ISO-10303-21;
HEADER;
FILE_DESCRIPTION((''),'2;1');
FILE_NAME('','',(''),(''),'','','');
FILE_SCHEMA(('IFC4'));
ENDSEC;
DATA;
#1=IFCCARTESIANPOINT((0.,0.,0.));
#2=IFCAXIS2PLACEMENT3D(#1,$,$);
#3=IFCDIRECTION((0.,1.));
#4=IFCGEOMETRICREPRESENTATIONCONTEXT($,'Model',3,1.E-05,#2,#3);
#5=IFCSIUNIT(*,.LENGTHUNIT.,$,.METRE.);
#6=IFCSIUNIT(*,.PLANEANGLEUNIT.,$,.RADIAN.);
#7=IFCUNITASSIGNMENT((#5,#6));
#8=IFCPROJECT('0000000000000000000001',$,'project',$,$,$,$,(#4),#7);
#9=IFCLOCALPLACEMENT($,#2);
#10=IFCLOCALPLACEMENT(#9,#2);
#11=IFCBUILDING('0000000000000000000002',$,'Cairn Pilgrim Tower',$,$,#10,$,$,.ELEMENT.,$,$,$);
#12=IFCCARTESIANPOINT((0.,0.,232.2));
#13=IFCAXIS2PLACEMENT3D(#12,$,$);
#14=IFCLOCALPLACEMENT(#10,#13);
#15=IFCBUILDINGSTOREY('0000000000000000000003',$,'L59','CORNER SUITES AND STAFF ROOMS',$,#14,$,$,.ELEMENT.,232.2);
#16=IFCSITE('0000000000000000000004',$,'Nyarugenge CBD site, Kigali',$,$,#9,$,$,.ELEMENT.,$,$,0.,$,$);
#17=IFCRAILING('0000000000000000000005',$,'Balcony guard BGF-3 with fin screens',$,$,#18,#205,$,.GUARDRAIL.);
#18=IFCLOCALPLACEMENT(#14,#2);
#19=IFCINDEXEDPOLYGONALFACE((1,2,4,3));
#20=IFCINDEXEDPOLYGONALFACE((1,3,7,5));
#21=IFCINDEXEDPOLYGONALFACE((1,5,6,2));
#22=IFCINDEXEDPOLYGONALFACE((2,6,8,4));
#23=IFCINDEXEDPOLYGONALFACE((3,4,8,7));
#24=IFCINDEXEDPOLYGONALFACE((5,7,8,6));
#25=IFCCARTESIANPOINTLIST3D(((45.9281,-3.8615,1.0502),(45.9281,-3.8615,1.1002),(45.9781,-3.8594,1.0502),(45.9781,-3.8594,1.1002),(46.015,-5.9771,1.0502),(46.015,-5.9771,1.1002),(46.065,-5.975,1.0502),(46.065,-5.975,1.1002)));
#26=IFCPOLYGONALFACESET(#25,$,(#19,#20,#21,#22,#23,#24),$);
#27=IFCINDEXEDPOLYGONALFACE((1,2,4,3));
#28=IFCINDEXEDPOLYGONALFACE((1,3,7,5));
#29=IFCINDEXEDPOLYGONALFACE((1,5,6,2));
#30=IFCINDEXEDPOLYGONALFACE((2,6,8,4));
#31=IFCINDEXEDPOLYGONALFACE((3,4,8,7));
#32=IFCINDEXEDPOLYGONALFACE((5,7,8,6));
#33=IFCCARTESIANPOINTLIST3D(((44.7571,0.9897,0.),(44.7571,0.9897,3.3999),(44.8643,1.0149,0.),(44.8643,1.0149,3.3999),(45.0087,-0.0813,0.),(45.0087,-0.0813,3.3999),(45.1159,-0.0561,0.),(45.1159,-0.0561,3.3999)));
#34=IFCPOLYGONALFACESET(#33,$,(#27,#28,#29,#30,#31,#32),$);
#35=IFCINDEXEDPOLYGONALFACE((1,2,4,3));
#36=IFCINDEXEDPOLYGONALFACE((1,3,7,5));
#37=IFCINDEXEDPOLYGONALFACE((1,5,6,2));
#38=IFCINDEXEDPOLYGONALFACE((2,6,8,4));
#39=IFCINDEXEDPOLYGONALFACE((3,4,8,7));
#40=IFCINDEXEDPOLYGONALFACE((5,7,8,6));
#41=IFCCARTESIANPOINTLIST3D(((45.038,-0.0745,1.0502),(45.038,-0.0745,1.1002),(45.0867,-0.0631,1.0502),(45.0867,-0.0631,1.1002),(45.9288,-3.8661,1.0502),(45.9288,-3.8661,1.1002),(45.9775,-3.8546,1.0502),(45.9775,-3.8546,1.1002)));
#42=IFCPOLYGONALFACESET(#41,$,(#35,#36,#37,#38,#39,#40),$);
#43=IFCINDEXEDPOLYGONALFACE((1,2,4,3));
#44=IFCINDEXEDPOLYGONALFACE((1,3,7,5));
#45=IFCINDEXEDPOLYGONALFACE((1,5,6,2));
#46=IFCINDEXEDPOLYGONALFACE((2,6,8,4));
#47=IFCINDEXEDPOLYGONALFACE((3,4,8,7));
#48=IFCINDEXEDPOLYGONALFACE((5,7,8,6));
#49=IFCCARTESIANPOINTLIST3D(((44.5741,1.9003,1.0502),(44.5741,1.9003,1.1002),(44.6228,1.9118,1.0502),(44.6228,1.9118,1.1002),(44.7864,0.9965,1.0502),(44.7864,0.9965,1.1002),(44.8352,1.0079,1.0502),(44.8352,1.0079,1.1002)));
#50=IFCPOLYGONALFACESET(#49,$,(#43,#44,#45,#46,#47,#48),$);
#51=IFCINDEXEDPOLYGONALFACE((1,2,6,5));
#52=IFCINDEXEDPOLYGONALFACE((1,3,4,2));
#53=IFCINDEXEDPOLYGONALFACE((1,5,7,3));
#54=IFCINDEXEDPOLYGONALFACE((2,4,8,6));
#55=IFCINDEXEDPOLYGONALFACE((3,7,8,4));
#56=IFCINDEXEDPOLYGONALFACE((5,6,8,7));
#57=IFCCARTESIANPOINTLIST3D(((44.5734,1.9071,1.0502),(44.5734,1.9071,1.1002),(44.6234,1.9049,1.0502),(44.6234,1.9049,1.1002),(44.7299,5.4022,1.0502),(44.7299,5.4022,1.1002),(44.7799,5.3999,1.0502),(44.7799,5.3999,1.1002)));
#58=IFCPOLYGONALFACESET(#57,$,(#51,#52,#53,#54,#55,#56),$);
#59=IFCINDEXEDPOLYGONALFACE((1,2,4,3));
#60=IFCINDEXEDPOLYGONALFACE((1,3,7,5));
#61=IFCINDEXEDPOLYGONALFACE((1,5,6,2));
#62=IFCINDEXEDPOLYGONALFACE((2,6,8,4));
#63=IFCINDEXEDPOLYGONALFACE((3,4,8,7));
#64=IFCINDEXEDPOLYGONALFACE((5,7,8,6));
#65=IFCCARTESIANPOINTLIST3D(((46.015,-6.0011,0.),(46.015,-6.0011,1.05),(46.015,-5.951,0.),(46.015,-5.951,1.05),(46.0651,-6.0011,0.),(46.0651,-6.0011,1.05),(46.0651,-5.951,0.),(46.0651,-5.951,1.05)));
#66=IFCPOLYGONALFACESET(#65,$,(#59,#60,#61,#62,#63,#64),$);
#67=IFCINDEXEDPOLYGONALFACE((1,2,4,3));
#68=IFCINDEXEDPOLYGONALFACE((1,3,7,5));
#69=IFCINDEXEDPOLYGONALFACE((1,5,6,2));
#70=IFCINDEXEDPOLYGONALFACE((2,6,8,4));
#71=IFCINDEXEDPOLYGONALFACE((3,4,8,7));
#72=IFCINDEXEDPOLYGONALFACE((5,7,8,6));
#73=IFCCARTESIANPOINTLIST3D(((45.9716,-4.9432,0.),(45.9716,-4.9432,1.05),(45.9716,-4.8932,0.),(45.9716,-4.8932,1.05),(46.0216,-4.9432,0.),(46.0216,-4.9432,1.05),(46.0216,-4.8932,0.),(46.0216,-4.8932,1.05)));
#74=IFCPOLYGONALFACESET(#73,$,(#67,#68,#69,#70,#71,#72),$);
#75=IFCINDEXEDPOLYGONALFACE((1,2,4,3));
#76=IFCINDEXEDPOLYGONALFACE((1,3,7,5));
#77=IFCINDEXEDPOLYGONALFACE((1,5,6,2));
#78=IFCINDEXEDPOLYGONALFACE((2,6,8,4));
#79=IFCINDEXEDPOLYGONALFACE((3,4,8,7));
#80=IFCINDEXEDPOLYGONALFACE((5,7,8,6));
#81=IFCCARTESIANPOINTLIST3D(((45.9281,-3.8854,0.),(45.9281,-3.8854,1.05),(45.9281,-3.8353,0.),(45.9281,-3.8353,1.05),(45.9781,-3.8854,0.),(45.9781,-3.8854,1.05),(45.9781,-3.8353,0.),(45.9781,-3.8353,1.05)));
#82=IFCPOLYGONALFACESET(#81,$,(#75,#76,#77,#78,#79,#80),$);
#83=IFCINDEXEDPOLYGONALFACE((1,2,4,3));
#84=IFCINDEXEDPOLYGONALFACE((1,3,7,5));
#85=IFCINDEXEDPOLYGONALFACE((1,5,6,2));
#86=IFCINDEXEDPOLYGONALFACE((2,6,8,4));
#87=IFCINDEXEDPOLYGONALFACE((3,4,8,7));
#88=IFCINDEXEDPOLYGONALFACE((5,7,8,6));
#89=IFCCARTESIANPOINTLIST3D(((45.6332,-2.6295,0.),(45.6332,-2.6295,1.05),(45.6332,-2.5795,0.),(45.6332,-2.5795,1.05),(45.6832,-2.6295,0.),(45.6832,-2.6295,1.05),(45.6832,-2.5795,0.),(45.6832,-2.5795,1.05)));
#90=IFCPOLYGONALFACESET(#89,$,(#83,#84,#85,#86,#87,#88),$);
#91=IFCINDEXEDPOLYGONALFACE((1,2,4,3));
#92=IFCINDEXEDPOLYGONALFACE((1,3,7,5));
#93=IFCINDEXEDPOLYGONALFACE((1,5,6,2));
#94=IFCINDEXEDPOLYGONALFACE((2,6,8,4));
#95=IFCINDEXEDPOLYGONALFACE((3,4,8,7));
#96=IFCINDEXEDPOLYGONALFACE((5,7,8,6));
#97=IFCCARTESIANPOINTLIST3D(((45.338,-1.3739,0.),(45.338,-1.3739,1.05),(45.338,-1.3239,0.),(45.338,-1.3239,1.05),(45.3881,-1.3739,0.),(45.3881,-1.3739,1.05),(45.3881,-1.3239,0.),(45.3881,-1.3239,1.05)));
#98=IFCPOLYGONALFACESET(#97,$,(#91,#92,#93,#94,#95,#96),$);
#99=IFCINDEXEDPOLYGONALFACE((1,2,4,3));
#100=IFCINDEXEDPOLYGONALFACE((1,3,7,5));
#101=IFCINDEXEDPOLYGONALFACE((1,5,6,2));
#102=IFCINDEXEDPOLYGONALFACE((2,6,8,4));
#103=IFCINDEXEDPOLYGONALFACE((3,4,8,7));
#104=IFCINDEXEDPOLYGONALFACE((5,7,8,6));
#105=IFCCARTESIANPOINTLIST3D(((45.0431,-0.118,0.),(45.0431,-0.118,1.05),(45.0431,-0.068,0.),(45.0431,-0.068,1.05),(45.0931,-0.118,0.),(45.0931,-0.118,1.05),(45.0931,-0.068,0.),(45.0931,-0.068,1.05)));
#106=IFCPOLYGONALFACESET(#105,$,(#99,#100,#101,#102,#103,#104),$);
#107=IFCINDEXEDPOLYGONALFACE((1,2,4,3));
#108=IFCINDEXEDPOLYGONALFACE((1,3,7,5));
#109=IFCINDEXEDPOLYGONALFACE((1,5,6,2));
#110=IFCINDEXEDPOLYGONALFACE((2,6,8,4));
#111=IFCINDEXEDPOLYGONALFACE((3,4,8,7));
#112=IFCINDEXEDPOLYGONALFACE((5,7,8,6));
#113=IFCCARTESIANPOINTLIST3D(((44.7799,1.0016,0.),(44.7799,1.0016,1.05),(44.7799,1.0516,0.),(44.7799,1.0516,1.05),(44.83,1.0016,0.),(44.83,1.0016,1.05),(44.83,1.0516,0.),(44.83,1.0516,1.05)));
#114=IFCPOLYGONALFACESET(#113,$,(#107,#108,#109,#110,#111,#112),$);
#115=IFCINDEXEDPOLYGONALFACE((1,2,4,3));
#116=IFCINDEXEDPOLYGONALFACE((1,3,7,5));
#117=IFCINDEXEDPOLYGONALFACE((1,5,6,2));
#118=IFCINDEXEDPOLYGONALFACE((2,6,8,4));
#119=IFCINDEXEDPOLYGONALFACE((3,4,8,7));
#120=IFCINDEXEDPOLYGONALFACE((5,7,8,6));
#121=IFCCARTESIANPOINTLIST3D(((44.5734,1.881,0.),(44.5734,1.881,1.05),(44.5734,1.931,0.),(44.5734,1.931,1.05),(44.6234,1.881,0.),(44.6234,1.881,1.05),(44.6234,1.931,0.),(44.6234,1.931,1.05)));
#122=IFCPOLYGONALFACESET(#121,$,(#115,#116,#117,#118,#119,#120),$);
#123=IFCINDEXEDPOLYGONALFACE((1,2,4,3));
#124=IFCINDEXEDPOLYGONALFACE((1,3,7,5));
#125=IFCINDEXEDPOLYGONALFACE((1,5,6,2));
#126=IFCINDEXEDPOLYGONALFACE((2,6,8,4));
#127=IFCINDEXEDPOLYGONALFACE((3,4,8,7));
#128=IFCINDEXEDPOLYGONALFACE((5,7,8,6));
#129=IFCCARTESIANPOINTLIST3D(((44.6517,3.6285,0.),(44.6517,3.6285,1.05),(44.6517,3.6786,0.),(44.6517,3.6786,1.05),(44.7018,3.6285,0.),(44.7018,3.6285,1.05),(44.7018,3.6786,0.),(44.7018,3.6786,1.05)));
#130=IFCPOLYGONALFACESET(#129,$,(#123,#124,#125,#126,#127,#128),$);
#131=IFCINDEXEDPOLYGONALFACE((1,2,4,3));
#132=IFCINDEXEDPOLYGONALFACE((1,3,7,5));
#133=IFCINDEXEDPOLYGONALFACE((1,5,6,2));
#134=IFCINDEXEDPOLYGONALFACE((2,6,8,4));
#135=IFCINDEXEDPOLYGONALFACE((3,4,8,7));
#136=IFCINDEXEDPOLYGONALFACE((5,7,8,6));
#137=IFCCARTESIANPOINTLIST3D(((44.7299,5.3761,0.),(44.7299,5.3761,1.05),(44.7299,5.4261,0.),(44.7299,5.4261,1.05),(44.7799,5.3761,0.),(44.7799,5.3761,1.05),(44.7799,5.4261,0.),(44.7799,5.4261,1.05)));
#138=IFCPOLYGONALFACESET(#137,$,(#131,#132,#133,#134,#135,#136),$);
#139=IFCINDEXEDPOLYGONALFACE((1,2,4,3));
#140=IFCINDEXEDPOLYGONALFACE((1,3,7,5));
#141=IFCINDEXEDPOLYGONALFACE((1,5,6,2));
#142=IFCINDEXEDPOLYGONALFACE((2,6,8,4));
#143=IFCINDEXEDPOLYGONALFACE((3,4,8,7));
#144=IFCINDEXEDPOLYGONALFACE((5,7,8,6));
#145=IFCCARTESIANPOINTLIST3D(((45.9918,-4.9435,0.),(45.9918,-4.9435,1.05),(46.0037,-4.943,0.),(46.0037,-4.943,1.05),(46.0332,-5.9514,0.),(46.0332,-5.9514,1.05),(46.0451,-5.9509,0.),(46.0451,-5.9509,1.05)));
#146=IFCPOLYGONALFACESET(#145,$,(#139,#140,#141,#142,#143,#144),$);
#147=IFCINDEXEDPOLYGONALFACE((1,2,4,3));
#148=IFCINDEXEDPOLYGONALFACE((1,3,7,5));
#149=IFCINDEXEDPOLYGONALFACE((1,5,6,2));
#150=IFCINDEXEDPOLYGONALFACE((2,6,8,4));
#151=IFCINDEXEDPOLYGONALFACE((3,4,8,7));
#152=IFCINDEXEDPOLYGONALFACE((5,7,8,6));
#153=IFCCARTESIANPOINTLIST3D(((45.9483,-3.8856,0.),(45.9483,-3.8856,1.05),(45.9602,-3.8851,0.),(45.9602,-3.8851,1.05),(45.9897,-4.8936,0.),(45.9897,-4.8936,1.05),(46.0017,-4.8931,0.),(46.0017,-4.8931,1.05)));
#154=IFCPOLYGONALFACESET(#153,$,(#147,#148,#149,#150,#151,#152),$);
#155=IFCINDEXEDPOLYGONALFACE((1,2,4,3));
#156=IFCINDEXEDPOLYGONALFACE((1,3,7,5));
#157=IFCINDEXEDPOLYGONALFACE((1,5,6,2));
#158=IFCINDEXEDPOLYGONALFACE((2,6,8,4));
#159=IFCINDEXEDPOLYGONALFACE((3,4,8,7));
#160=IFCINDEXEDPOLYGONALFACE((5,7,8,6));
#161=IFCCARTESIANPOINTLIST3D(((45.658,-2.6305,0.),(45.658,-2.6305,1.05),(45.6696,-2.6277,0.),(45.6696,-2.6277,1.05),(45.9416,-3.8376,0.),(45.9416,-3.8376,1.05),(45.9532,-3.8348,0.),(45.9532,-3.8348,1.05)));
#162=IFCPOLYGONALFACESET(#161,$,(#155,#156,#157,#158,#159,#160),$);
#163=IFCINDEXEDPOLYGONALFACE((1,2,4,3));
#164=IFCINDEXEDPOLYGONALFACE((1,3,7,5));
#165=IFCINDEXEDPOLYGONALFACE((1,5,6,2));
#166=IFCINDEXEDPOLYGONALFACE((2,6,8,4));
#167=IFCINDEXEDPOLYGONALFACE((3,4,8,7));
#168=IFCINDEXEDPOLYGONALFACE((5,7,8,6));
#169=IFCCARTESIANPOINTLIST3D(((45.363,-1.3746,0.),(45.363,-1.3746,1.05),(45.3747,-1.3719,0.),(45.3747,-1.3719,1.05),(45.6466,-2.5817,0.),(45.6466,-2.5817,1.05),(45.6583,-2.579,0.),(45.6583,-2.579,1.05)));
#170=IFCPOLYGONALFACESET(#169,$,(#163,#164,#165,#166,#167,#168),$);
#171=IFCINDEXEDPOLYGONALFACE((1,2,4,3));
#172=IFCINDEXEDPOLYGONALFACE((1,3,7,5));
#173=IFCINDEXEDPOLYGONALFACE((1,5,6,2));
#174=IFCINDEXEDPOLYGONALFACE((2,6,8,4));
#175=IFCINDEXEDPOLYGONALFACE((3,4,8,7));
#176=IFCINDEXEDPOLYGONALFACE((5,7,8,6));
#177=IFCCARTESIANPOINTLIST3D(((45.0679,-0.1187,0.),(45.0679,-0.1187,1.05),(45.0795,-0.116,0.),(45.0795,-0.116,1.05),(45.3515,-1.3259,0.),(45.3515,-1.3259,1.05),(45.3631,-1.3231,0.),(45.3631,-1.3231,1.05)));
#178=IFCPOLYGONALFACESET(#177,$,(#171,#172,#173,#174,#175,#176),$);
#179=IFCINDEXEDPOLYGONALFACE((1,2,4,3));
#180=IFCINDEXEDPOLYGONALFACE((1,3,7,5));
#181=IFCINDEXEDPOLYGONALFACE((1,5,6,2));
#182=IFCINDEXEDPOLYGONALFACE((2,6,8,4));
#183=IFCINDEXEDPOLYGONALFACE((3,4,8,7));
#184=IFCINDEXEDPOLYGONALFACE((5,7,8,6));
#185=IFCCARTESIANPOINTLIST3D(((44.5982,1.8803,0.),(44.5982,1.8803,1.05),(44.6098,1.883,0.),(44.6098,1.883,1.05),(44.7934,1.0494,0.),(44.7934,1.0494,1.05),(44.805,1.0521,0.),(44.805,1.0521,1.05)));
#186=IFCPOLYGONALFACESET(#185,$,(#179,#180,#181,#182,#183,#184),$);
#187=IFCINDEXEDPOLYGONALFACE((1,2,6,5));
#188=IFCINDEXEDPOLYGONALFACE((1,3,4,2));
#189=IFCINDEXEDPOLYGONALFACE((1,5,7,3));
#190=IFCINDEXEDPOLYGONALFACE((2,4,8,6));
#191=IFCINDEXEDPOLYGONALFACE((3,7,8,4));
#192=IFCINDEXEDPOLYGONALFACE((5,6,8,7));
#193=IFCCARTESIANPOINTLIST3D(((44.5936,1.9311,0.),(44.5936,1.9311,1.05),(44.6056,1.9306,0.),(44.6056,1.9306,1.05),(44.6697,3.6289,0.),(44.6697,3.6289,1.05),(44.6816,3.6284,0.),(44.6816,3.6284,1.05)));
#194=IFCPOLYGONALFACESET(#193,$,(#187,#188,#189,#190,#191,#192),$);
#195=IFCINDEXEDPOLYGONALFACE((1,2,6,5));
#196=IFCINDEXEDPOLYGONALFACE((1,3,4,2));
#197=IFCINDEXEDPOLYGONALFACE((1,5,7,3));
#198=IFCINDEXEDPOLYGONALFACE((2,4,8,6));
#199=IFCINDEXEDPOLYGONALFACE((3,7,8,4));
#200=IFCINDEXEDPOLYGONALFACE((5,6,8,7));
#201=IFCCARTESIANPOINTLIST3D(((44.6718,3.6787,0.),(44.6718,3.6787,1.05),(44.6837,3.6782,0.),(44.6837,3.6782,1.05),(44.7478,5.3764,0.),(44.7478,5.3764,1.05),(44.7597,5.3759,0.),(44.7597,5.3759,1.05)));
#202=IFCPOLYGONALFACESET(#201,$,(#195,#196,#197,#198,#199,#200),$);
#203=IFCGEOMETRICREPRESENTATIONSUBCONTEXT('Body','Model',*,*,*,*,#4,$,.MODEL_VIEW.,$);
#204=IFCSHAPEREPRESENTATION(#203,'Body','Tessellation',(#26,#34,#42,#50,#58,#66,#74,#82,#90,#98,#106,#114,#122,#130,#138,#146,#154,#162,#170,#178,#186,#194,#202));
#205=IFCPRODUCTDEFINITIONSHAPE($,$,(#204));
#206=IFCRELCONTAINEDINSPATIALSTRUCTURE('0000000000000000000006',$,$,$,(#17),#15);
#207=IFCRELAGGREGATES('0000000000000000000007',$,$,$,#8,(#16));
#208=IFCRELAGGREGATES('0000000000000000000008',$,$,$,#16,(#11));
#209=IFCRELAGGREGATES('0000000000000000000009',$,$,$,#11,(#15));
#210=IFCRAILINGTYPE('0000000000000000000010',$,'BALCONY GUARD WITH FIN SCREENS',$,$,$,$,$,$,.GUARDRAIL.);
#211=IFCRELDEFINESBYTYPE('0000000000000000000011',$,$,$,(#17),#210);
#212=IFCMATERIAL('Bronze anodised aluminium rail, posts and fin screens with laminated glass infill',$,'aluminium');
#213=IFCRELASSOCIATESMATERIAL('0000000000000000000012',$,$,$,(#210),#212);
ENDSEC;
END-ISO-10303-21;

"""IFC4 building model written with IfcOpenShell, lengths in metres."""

from ifc_helpers import new_model, si_unit, direction, frame, origin, origin_2d, place, context, subcontext, project, spatial, polyline, rectangle, outline, extrude, material, type_object, element, save


model = new_model("IFC4")

# Units and contexts
model_context = context("Model", 3, precision=1e-05, world=origin(), true_north=direction((0.0, 1.0)))
body_context = subcontext(model_context, "Body", "Model", "MODEL_VIEW")
ifc_project = project(units=[si_unit("LENGTHUNIT", "METRE"), si_unit("PLANEANGLEUNIT", "RADIAN")], contexts=[model_context])

# Site, building, storey
site_placement = place(None, origin())
site = spatial("IfcSite", under=ifc_project, at=site_placement, Name="Nyarugenge CBD site, Kigali", CompositionType="ELEMENT", RefElevation=0.0)
building_placement = place(site_placement, origin())
building = spatial("IfcBuilding", under=site, at=building_placement, Name="Cairn Pilgrim Tower", CompositionType="ELEMENT")
storey_placement = place(building_placement, frame((0.0, 0.0, 232.2)))
storey = spatial("IfcBuildingStorey", under=building, at=storey_placement, Name="L59", Description="CORNER SUITES AND STAFF ROOMS", CompositionType="ELEMENT", Elevation=232.2)

# Railing
ifc_material_1 = material(Name="Bronze anodised aluminium rail, posts and fin screens with laminated glass infill", Category="aluminium")
railing_type = type_object("IfcRailingType", Name="BALCONY GUARD WITH FIN SCREENS", PredefinedType="GUARDRAIL", material=ifc_material_1)
railing_placement = place(storey_placement, frame((46.04, -5.9761, 0.0)))
element("IfcRailing", 1, at=railing_placement, inside=storey, type_object=railing_type, Name="Balcony guard BGF-3 with fin screens", PredefinedType="GUARDRAIL", context=body_context, shape_type="SweptSolid", body=[
    extrude(rectangle(XDim=0.05, YDim=0.05, at=origin_2d()), frame((0.0, 0.0, 1.0752), z_axis=(-0.041045, 0.999157, 0.0), x_axis=(-0.999157, -0.041045, 0.0)), (0.0, 0.0, 1.0), 2.1174),
    extrude(rectangle(XDim=1.1001, YDim=0.1101, at=origin_2d()), frame((-1.1035, 6.4429, 0.0), z_axis=(0.0, 0.0, 1.0), x_axis=(-0.228711, 0.973494, 0.0)), (0.0, 0.0, 1.0), 3.3999),
    extrude(rectangle(XDim=0.05, YDim=0.05, at=origin_2d()), frame((-0.0869, 2.1157, 1.0752), z_axis=(-0.228711, 0.973494, 0.0), x_axis=(-0.973494, -0.228711, 0.0)), (0.0, 0.0, 1.0), 3.8948),
    extrude(rectangle(XDim=0.05, YDim=0.05, at=origin_2d()), frame((-1.2292, 6.9783, 1.0752), z_axis=(-0.228711, 0.973494, 0.0), x_axis=(-0.973494, -0.228711, 0.0)), (0.0, 0.0, 1.0), 0.9285),
    extrude(rectangle(XDim=0.05, YDim=0.05, at=origin_2d()), frame((-1.4417, 7.8821, 1.0752), z_axis=(0.04473, 0.998999, 0.0), x_axis=(-0.998999, 0.04473, 0.0)), (0.0, 0.0, 1.0), 3.4985),
    extrude(rectangle(XDim=0.05, YDim=0.05, at=origin_2d()), origin(), (0.0, 0.0, 1.0), 1.05),
    extrude(rectangle(XDim=0.05, YDim=0.05, at=origin_2d()), frame((-0.0435, 1.0579, 0.0)), (0.0, 0.0, 1.0), 1.05),
    extrude(rectangle(XDim=0.05, YDim=0.05, at=origin_2d()), frame((-0.0869, 2.1157, 0.0)), (0.0, 0.0, 1.0), 1.05),
    extrude(rectangle(XDim=0.05, YDim=0.05, at=origin_2d()), frame((-0.3818, 3.3716, 0.0)), (0.0, 0.0, 1.0), 1.05),
    extrude(rectangle(XDim=0.05, YDim=0.05, at=origin_2d()), frame((-0.677, 4.6272, 0.0)), (0.0, 0.0, 1.0), 1.05),
    extrude(rectangle(XDim=0.05, YDim=0.05, at=origin_2d()), frame((-0.9719, 5.8831, 0.0)), (0.0, 0.0, 1.0), 1.05),
    extrude(rectangle(XDim=0.05, YDim=0.05, at=origin_2d()), frame((-1.2351, 7.0027, 0.0)), (0.0, 0.0, 1.0), 1.05),
    extrude(rectangle(XDim=0.05, YDim=0.05, at=origin_2d()), frame((-1.4417, 7.8821, 0.0)), (0.0, 0.0, 1.0), 1.05),
    extrude(rectangle(XDim=0.05, YDim=0.05, at=origin_2d()), frame((-1.3633, 9.6296, 0.0)), (0.0, 0.0, 1.0), 1.05),
    extrude(rectangle(XDim=0.05, YDim=0.05, at=origin_2d()), frame((-1.2852, 11.3772, 0.0)), (0.0, 0.0, 1.0), 1.05),
    extrude(outline(polyline([(0.0249, 0.0), (1.0337, 0.0), (1.0337, 1.05), (0.0249, 1.05), (0.0249, 0.0)])), frame((-0.0059, -0.0002, 0.0), z_axis=(0.999157, 0.041045, 0.0), x_axis=(-0.041045, 0.999157, 0.0)), (0.0, 0.0, 1.0), 0.012),
    extrude(outline(polyline([(0.0249, 0.0), (1.0337, 0.0), (1.0337, 1.05), (0.0249, 1.05), (0.0249, 0.0)])), frame((-0.0493, 1.0576, 0.0), z_axis=(0.999157, 0.041045, 0.0), x_axis=(-0.041045, 0.999157, 0.0)), (0.0, 0.0, 1.0), 0.012),
    extrude(outline(polyline([(0.0249, 0.0), (1.2649, 0.0), (1.2649, 1.05), (0.0249, 1.05), (0.0249, 0.0)])), frame((-0.0928, 2.1143, 0.0), z_axis=(0.973494, 0.228711, 0.0), x_axis=(-0.228711, 0.973494, 0.0)), (0.0, 0.0, 1.0), 0.012),
    extrude(outline(polyline([(0.0249, 0.0), (1.2649, 0.0), (1.2649, 1.05), (0.0249, 1.05), (0.0249, 0.0)])), frame((-0.3877, 3.3701, 0.0), z_axis=(0.973494, 0.228711, 0.0), x_axis=(-0.228711, 0.973494, 0.0)), (0.0, 0.0, 1.0), 0.012),
    extrude(outline(polyline([(0.0249, 0.0), (1.2649, 0.0), (1.2649, 1.05), (0.0249, 1.05), (0.0249, 0.0)])), frame((-0.6829, 4.626, 0.0), z_axis=(0.973494, 0.228711, 0.0), x_axis=(-0.228711, 0.973494, 0.0)), (0.0, 0.0, 1.0), 0.012),
    extrude(outline(polyline([(0.0249, 0.0), (0.8784, 0.0), (0.8784, 1.05), (0.0249, 1.05), (0.0249, 0.0)])), frame((-1.241, 7.0012, 0.0), z_axis=(0.973494, 0.228711, 0.0), x_axis=(-0.228711, 0.973494, 0.0)), (0.0, 0.0, 1.0), 0.012),
    extrude(outline(polyline([(0.0249, 0.0), (1.7244, 0.0), (1.7244, 1.05), (0.0249, 1.05), (0.0249, 0.0)])), frame((-1.4475, 7.8823, 0.0), z_axis=(0.998999, -0.04473, 0.0), x_axis=(0.04473, 0.998999, 0.0)), (0.0, 0.0, 1.0), 0.012),
    extrude(outline(polyline([(0.0249, 0.0), (1.7244, 0.0), (1.7244, 1.05), (0.0249, 1.05), (0.0249, 0.0)])), frame((-1.3694, 9.6299, 0.0), z_axis=(0.998999, -0.04473, 0.0), x_axis=(0.04473, 0.998999, 0.0)), (0.0, 0.0, 1.0), 0.012),
])

save(model, "model.ifc")
